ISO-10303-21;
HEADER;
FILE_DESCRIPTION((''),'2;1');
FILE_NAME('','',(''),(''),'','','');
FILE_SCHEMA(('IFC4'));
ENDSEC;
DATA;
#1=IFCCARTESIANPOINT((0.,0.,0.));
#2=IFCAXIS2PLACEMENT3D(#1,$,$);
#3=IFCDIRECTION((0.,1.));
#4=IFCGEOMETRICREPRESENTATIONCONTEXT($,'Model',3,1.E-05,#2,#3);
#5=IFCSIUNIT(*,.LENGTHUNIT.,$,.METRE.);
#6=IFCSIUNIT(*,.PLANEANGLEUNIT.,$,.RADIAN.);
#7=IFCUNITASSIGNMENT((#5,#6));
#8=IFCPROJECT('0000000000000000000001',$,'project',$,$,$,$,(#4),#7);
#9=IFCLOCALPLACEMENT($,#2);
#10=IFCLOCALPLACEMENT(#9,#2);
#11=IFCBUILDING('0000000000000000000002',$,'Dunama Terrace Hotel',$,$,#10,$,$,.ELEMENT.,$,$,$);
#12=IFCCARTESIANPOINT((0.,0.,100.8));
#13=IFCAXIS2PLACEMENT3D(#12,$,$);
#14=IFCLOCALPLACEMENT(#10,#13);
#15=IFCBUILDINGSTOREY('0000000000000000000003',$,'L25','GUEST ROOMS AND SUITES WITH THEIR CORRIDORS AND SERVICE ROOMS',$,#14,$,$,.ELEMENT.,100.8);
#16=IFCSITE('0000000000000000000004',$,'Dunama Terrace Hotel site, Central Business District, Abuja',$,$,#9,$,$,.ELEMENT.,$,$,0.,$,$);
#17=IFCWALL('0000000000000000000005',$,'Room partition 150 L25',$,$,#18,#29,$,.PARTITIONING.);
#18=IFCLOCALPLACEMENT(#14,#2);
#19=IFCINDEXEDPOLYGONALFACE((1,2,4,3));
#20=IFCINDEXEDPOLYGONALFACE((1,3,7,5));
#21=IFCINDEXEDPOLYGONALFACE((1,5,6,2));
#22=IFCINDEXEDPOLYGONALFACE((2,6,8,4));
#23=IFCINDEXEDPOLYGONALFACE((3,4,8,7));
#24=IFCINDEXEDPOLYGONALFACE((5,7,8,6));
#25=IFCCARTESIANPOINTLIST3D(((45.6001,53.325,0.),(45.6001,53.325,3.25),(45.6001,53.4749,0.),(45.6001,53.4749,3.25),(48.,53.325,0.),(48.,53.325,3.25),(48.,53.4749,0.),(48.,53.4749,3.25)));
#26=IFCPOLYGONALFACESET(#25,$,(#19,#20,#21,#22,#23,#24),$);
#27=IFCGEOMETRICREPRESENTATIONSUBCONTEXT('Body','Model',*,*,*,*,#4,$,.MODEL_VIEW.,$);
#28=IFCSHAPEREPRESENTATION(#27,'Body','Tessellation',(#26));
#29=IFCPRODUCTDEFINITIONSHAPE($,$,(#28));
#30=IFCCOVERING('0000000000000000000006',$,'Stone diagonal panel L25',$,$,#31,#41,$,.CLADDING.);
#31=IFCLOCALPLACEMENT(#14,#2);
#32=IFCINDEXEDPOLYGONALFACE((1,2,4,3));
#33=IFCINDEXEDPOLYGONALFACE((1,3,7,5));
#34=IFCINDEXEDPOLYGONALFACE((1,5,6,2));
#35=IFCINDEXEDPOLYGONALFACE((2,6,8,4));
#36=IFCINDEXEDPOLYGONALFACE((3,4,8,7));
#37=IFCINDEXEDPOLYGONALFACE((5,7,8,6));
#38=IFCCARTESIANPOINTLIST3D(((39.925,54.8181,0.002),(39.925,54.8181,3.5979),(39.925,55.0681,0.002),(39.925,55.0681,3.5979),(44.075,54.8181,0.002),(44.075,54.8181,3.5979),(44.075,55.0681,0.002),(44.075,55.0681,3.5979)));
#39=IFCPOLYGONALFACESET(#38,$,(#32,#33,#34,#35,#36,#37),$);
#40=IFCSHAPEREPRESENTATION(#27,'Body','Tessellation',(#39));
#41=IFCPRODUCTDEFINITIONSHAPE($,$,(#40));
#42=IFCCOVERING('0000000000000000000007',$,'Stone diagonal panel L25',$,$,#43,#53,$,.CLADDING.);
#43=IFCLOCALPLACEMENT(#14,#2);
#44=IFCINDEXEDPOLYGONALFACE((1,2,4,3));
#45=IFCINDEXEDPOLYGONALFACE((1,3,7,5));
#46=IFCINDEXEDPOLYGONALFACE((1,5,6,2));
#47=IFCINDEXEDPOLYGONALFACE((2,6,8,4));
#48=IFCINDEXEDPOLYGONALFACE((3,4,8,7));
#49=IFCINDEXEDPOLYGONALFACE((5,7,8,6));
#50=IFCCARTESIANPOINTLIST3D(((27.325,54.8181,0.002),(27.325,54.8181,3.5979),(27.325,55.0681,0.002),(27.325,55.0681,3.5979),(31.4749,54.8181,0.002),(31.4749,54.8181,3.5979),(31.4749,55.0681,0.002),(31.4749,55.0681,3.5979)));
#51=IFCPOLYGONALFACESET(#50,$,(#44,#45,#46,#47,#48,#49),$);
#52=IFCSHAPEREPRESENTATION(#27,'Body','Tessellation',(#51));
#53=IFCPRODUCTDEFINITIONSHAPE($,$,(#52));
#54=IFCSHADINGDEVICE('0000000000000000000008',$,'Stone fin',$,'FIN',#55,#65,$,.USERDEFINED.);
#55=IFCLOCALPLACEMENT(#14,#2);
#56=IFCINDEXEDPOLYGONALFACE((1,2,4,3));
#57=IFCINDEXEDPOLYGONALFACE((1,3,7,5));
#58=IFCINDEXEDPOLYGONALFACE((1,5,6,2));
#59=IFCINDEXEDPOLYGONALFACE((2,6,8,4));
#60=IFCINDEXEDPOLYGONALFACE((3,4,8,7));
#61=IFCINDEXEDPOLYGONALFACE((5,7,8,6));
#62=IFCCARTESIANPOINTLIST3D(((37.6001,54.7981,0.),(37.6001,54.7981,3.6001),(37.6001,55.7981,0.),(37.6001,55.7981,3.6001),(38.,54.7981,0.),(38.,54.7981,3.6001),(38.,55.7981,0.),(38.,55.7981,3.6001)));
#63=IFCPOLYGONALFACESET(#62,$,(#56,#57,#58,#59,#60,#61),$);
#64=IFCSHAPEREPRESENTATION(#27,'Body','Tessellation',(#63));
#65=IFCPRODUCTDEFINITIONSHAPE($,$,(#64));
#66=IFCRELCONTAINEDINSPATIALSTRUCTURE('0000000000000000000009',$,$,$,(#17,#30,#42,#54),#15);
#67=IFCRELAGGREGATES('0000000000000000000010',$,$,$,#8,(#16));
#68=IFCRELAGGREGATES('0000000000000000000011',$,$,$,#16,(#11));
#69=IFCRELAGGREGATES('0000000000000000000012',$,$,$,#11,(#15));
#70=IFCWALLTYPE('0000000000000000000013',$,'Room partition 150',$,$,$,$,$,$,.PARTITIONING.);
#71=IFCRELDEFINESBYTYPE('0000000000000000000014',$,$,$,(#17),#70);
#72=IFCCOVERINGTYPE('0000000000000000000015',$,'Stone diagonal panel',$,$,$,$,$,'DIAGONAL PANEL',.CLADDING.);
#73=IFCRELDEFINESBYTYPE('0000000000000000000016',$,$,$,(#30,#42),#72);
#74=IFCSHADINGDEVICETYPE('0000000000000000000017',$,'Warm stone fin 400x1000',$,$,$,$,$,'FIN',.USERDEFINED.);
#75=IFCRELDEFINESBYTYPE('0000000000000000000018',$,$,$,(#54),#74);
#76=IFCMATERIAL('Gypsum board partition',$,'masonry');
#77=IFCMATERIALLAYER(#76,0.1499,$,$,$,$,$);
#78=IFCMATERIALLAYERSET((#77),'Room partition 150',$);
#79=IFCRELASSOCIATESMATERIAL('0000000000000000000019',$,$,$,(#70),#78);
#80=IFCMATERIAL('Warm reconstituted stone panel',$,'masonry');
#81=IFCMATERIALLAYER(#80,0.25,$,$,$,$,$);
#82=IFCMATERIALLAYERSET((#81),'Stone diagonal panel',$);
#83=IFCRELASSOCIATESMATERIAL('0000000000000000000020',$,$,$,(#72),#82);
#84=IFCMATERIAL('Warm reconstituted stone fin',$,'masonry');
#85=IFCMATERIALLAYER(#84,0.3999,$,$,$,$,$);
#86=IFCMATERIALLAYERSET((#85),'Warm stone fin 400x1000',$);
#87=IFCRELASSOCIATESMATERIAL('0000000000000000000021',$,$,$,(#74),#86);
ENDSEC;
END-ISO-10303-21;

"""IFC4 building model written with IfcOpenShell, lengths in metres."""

from ifc_helpers import new_model, si_unit, direction, frame, frame_2d, origin, origin_2d, place, context, subcontext, project, spatial, rectangle, extrude, material, layer, layer_set, type_object, element, save


model = new_model("IFC4")

# Units and contexts
model_context = context("Model", 3, precision=1e-05, world=origin(), true_north=direction((0.0, 1.0)))
body_context = subcontext(model_context, "Body", "Model", "MODEL_VIEW")
ifc_project = project(units=[si_unit("LENGTHUNIT", "METRE"), si_unit("PLANEANGLEUNIT", "RADIAN")], contexts=[model_context])

# Site, building, storey
site_placement = place(None, origin())
site = spatial("IfcSite", under=ifc_project, at=site_placement, Name="Dunama Terrace Hotel site, Central Business District, Abuja", CompositionType="ELEMENT", RefElevation=0.0)
building_placement = place(site_placement, origin())
building = spatial("IfcBuilding", under=site, at=building_placement, Name="Dunama Terrace Hotel", CompositionType="ELEMENT")
storey_placement = place(building_placement, frame((0.0, 0.0, 100.8)))
storey = spatial("IfcBuildingStorey", under=building, at=storey_placement, Name="L25", Description="GUEST ROOMS AND SUITES WITH THEIR CORRIDORS AND SERVICE ROOMS", CompositionType="ELEMENT", Elevation=100.8)

# Shared definitions
ifc_material_1 = material(Name="Gypsum board partition", Category="masonry")
ifc_layer_1 = layer(ifc_material_1, 0.1499)
ifc_layer_set_1 = layer_set([ifc_layer_1], Name="Room partition 150")
wall_type_1 = type_object("IfcWallType", Name="Room partition 150", PredefinedType="PARTITIONING", material=ifc_layer_set_1)

# Wall
wall_1_placement = place(storey_placement, frame((45.6001, 53.3999, 0.0), z_axis=(0.0, 0.0, 1.0), x_axis=(1.0, 0.0, 0.0)))
element("IfcWall", 1, at=wall_1_placement, inside=storey, type_object=wall_type_1, Name="Room partition 150 L25", PredefinedType="PARTITIONING", context=body_context, shape_type="SweptSolid", body=[
    extrude(rectangle(XDim=2.3999, YDim=0.1499, at=frame_2d((1.2, 0.0))), origin(), (0.0, 0.0, 1.0), 3.25),
])

# Coverings
ifc_material_2 = material(Name="Warm reconstituted stone panel", Category="masonry")
ifc_layer_2 = layer(ifc_material_2, 0.25)
ifc_layer_set_2 = layer_set([ifc_layer_2], Name="Stone diagonal panel")
covering_type = type_object("IfcCoveringType", Name="Stone diagonal panel", ElementType="DIAGONAL PANEL", PredefinedType="CLADDING", material=ifc_layer_set_2)
for number, where, z_axis, x_axis, name in (
    (2, (42.0, 54.9431, 0.002), (0.0, 0.0, 1.0), (-1.0, 0.0, 0.0), "Stone diagonal panel L25"),
    (3, (29.3999, 54.9431, 0.002), (0.0, 0.0, 1.0), (-1.0, 0.0, 0.0), "Stone diagonal panel L25"),
):
    element("IfcCovering", number, at=place(storey_placement, frame(where, z_axis=z_axis, x_axis=x_axis)), inside=storey, type_object=covering_type, Name=name, PredefinedType="CLADDING", context=body_context, shape_type="SweptSolid", body=[
        extrude(rectangle(XDim=4.1499, YDim=0.25, at=origin_2d()), origin(), (0.0, 0.0, 1.0), 3.5959),
    ])

# Shading device
ifc_material_3 = material(Name="Warm reconstituted stone fin", Category="masonry")
ifc_layer_3 = layer(ifc_material_3, 0.3999)
ifc_layer_set_3 = layer_set([ifc_layer_3], Name="Warm stone fin 400x1000")
shading_device_type = type_object("IfcShadingDeviceType", Name="Warm stone fin 400x1000", ElementType="FIN", PredefinedType="USERDEFINED", material=ifc_layer_set_3)
shading_device_placement = place(storey_placement, frame((37.8, 55.2981, 0.0), z_axis=(0.0, 0.0, 1.0), x_axis=(-1.0, 0.0, 0.0)))
element("IfcShadingDevice", 4, at=shading_device_placement, inside=storey, type_object=shading_device_type, Name="Stone fin", ObjectType="FIN", PredefinedType="USERDEFINED", context=body_context, shape_type="SweptSolid", body=[
    extrude(rectangle(XDim=0.3999, YDim=1.0, at=origin_2d()), origin(), (0.0, 0.0, 1.0), 3.6001),
])

save(model, "model.ifc")
